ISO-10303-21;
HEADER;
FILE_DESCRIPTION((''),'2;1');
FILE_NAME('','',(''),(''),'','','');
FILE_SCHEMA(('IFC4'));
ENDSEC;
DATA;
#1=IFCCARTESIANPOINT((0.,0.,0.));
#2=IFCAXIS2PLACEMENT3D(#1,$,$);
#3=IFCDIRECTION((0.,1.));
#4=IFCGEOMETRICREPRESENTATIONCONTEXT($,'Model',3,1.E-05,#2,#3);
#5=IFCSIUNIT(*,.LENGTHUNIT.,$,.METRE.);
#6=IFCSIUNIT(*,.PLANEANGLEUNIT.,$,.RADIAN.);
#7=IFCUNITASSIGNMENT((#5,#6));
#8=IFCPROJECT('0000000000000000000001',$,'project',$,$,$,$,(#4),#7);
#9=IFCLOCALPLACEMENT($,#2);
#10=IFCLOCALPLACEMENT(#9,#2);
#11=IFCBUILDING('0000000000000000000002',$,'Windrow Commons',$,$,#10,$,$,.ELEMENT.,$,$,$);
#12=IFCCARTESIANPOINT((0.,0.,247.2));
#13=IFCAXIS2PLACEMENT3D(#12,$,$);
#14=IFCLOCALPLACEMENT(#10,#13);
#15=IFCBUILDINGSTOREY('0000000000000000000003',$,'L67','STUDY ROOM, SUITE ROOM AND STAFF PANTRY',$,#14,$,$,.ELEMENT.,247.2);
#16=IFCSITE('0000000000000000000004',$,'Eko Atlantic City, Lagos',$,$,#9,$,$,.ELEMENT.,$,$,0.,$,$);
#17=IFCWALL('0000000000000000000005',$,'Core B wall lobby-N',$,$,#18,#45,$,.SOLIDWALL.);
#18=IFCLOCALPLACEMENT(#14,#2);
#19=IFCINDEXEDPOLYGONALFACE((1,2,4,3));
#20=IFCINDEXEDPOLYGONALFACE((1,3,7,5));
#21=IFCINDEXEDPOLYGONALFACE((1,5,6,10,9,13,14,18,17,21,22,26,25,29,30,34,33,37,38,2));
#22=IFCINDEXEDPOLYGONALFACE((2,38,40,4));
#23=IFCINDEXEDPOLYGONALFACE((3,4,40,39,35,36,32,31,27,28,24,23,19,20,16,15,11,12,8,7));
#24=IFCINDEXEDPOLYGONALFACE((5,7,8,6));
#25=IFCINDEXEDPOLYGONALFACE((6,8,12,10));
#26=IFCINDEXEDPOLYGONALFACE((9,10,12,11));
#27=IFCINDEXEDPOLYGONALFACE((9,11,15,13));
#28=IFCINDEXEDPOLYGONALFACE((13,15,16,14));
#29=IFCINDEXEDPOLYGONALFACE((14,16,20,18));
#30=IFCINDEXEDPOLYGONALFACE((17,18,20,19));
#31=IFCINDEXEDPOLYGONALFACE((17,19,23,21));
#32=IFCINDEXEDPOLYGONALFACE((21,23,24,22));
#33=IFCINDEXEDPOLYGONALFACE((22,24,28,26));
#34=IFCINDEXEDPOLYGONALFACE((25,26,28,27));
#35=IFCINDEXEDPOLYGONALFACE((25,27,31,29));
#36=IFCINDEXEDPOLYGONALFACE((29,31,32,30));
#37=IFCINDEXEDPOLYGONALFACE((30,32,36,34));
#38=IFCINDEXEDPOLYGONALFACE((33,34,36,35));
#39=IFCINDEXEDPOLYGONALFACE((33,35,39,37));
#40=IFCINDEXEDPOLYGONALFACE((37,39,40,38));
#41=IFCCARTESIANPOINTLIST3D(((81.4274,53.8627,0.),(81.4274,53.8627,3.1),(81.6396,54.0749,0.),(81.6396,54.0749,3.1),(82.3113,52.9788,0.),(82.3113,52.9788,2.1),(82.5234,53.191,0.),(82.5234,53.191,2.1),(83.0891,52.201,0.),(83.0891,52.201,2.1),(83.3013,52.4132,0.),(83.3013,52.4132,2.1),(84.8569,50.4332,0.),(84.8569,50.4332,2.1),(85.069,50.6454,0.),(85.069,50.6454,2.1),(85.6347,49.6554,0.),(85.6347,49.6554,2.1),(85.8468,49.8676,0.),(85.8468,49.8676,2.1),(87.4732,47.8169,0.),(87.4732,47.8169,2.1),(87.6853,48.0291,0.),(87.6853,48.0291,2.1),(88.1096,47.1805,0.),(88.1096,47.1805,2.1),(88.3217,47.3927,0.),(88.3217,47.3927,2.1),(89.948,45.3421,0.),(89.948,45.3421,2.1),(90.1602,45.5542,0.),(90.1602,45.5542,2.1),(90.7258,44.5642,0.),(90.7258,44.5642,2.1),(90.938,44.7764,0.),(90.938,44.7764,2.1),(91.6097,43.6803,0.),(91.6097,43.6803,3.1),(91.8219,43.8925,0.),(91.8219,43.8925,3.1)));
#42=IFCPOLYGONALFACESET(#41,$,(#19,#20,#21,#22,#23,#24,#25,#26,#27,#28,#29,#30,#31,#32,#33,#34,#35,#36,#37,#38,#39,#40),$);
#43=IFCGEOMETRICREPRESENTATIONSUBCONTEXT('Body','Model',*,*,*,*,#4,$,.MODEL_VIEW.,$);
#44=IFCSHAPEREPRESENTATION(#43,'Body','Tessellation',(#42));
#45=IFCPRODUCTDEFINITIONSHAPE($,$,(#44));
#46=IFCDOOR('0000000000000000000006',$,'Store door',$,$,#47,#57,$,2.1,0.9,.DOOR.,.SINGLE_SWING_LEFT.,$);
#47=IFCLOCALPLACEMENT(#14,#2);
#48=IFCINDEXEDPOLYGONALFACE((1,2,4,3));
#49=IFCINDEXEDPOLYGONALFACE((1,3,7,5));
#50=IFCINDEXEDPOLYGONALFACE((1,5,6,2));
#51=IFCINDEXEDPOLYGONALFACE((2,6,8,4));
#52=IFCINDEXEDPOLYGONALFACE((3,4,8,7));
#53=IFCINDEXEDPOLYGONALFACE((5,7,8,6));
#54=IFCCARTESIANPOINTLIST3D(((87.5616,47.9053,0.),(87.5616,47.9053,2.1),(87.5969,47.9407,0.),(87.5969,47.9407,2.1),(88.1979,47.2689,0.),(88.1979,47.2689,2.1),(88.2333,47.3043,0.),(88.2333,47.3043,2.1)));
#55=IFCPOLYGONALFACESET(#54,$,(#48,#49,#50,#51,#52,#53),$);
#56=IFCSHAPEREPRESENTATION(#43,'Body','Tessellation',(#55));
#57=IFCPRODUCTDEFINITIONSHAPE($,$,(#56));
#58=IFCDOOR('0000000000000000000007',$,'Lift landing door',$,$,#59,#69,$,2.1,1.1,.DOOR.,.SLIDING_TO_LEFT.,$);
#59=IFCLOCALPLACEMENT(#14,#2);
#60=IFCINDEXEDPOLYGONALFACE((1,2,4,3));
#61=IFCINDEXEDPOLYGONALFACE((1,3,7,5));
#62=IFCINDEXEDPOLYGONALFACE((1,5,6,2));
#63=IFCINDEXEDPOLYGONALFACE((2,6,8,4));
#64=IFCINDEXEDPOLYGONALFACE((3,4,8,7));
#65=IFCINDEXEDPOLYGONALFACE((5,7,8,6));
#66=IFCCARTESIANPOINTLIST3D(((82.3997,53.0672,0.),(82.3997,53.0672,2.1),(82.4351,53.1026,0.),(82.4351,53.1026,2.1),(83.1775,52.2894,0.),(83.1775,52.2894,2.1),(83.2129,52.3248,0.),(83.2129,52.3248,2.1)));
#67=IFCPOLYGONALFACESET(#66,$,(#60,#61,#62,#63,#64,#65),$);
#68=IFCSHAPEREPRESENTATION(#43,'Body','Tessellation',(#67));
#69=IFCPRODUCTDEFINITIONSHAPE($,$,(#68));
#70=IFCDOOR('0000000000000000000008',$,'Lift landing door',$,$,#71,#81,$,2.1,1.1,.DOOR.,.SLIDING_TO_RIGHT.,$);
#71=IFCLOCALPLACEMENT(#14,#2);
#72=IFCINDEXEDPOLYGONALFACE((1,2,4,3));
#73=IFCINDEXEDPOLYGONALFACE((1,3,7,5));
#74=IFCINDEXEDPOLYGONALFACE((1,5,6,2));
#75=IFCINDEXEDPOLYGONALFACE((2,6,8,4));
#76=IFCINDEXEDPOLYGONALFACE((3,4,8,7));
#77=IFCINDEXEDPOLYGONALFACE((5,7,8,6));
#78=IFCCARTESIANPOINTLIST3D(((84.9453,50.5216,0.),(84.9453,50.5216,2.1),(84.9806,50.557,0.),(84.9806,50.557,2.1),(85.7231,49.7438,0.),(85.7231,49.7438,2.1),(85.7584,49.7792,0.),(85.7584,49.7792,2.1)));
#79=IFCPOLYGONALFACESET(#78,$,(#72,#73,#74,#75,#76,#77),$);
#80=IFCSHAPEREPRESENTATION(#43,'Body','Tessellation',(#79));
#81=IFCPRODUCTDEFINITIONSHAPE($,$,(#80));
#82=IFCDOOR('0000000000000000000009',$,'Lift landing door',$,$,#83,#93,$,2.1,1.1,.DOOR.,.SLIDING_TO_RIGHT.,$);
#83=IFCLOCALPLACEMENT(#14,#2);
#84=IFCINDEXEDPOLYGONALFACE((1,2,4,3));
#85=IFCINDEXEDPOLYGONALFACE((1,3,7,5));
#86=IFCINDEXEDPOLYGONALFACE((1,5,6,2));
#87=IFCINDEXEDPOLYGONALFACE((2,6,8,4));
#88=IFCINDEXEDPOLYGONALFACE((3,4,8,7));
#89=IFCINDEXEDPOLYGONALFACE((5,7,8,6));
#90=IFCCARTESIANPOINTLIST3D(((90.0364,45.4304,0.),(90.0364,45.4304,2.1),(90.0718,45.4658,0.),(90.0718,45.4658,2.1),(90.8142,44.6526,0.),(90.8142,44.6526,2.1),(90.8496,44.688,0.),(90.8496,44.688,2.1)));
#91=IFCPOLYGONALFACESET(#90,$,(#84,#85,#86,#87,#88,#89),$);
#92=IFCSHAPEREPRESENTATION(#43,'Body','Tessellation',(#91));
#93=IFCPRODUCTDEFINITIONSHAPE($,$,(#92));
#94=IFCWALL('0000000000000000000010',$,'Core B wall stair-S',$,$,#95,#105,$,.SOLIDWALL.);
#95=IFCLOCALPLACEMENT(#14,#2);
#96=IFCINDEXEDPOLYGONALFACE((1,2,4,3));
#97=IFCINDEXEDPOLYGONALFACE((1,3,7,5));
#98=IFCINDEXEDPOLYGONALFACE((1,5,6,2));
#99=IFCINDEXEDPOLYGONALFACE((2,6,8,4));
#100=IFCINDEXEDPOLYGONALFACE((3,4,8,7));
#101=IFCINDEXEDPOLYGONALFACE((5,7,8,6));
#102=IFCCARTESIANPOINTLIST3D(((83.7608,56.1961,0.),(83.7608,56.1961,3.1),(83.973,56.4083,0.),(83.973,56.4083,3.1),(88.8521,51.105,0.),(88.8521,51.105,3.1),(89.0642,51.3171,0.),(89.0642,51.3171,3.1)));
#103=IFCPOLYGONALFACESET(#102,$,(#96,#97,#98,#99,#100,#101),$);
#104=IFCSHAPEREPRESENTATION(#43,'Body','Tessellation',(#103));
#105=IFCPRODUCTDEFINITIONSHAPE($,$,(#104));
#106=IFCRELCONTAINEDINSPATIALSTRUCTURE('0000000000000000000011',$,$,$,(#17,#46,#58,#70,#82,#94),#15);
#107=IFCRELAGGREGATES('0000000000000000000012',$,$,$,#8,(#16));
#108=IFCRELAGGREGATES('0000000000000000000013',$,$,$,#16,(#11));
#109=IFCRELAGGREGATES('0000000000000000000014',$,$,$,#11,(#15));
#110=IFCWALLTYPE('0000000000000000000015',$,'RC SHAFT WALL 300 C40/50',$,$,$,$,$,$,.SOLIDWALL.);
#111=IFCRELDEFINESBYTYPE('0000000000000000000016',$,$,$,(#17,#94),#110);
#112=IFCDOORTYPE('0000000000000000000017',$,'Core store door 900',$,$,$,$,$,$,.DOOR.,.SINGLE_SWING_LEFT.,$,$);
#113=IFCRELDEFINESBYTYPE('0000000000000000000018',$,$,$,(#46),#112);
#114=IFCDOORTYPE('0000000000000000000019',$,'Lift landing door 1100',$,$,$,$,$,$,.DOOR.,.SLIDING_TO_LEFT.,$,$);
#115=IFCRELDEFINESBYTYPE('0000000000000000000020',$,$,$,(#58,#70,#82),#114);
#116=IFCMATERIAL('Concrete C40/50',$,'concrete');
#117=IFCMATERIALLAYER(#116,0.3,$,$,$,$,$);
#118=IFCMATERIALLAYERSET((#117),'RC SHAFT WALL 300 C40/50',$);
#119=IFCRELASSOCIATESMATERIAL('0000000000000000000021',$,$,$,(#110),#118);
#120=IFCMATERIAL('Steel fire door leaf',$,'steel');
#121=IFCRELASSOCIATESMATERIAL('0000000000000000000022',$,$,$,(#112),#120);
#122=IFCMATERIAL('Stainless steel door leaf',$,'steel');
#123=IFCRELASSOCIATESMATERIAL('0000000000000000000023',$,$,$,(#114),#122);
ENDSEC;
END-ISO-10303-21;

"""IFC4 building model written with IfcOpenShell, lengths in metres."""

from ifc_helpers import new_model, si_unit, direction, frame, frame_2d, origin, place, context, subcontext, project, spatial, rectangle, extrude, material, layer, layer_set, type_object, element, fill, save


model = new_model("IFC4")

# Units and contexts
model_context = context("Model", 3, precision=1e-05, world=origin(), true_north=direction((0.0, 1.0)))
body_context = subcontext(model_context, "Body", "Model", "MODEL_VIEW")
ifc_project = project(units=[si_unit("LENGTHUNIT", "METRE"), si_unit("PLANEANGLEUNIT", "RADIAN")], contexts=[model_context])

# Site, building, storey
site_placement = place(None, origin())
site = spatial("IfcSite", under=ifc_project, at=site_placement, Name="Eko Atlantic City, Lagos", CompositionType="ELEMENT", RefElevation=0.0)
building_placement = place(site_placement, origin())
building = spatial("IfcBuilding", under=site, at=building_placement, Name="Windrow Commons", CompositionType="ELEMENT")
storey_placement = place(building_placement, frame((0.0, 0.0, 247.2)))
storey = spatial("IfcBuildingStorey", under=building, at=storey_placement, Name="L67", Description="STUDY ROOM, SUITE ROOM AND STAFF PANTRY", CompositionType="ELEMENT", Elevation=247.2)

# Wall, openings, doors
ifc_material_1 = material(Name="Concrete C40/50", Category="concrete")
ifc_layer_1 = layer(ifc_material_1, 0.3)
ifc_layer_set_1 = layer_set([ifc_layer_1], Name="RC SHAFT WALL 300 C40/50")
wall_type_1 = type_object("IfcWallType", Name="RC SHAFT WALL 300 C40/50", PredefinedType="SOLIDWALL", material=ifc_layer_set_1)
wall_1_placement = place(storey_placement, frame((81.5335, 53.9688, 0.0), z_axis=(0.0, 0.0, 1.0), x_axis=(0.707103, -0.70711, 0.0)))
wall_1 = element("IfcWall", 1, at=wall_1_placement, inside=storey, type_object=wall_type_1, Name="Core B wall lobby-N", PredefinedType="SOLIDWALL", context=body_context, shape_type="SweptSolid", body=[
    extrude(rectangle(XDim=14.4, YDim=0.3, at=frame_2d((7.2, 0.0))), origin(), (0.0, 0.0, 1.0), 3.1),
])
opening_1_placement = place(wall_1_placement, frame((8.55, 0.0, 0.0)))
opening_1 = element("IfcOpeningElement", 2, at=opening_1_placement, cuts=wall_1, PredefinedType="OPENING", context=body_context, shape_type="SweptSolid", body=[
    extrude(rectangle(XDim=0.9, YDim=2.1, at=frame_2d((0.45, 1.05))), frame((0.0, 0.16, 0.0), z_axis=(0.0, -1.0, 0.0), x_axis=(1.0, 0.0, 0.0)), (0.0, 0.0, 1.0), 0.32),
])
opening_2_placement = place(wall_1_placement, frame((1.25, 0.0, 0.0)))
opening_2 = element("IfcOpeningElement", 3, at=opening_2_placement, cuts=wall_1, PredefinedType="OPENING", context=body_context, shape_type="SweptSolid", body=[
    extrude(rectangle(XDim=1.1, YDim=2.1, at=frame_2d((0.55, 1.05))), frame((0.0, 0.16, 0.0), z_axis=(0.0, -1.0, 0.0), x_axis=(1.0, 0.0, 0.0)), (0.0, 0.0, 1.0), 0.32),
])
opening_3_placement = place(wall_1_placement, frame((4.85, 0.0, 0.0)))
opening_3 = element("IfcOpeningElement", 4, at=opening_3_placement, cuts=wall_1, PredefinedType="OPENING", context=body_context, shape_type="SweptSolid", body=[
    extrude(rectangle(XDim=1.1, YDim=2.1, at=frame_2d((0.55, 1.05))), frame((0.0, 0.16, 0.0), z_axis=(0.0, -1.0, 0.0), x_axis=(1.0, 0.0, 0.0)), (0.0, 0.0, 1.0), 0.32),
])
opening_4_placement = place(wall_1_placement, frame((12.05, 0.0, 0.0)))
opening_4 = element("IfcOpeningElement", 5, at=opening_4_placement, cuts=wall_1, PredefinedType="OPENING", context=body_context, shape_type="SweptSolid", body=[
    extrude(rectangle(XDim=1.1, YDim=2.1, at=frame_2d((0.55, 1.05))), frame((0.0, 0.16, 0.0), z_axis=(0.0, -1.0, 0.0), x_axis=(1.0, 0.0, 0.0)), (0.0, 0.0, 1.0), 0.32),
])
ifc_material_2 = material(Name="Steel fire door leaf", Category="steel")
door_type_1 = type_object("IfcDoorType", Name="Core store door 900", OperationType="SINGLE_SWING_LEFT", PredefinedType="DOOR", material=ifc_material_2)
door_1_placement = place(opening_1_placement, origin())
door_1 = element("IfcDoor", 6, at=door_1_placement, inside=storey, type_object=door_type_1, Name="Store door", OperationType="SINGLE_SWING_LEFT", OverallHeight=2.1, OverallWidth=0.9, PredefinedType="DOOR", context=body_context, shape_type="SweptSolid", body=[
    extrude(rectangle(XDim=0.9, YDim=2.1, at=frame_2d((0.45, 1.05))), frame((0.0, 0.025, 0.0), z_axis=(0.0, -1.0, 0.0), x_axis=(1.0, 0.0, 0.0)), (0.0, 0.0, 1.0), 0.05),
])
fill(opening_1, door_1)
ifc_material_3 = material(Name="Stainless steel door leaf", Category="steel")
door_type_2 = type_object("IfcDoorType", Name="Lift landing door 1100", OperationType="SLIDING_TO_LEFT", PredefinedType="DOOR", material=ifc_material_3)
door_2_placement = place(opening_2_placement, origin())
door_2 = element("IfcDoor", 7, at=door_2_placement, inside=storey, type_object=door_type_2, Name="Lift landing door", OperationType="SLIDING_TO_LEFT", OverallHeight=2.1, OverallWidth=1.1, PredefinedType="DOOR", context=body_context, shape_type="SweptSolid", body=[
    extrude(rectangle(XDim=1.1, YDim=2.1, at=frame_2d((0.55, 1.05))), frame((0.0, 0.025, 0.0), z_axis=(0.0, -1.0, 0.0), x_axis=(1.0, 0.0, 0.0)), (0.0, 0.0, 1.0), 0.05),
])
fill(opening_2, door_2)
door_3_placement = place(opening_3_placement, origin())
door_3 = element("IfcDoor", 8, at=door_3_placement, inside=storey, type_object=door_type_2, Name="Lift landing door", OperationType="SLIDING_TO_RIGHT", OverallHeight=2.1, OverallWidth=1.1, PredefinedType="DOOR", context=body_context, shape_type="SweptSolid", body=[
    extrude(rectangle(XDim=1.1, YDim=2.1, at=frame_2d((0.55, 1.05))), frame((0.0, 0.025, 0.0), z_axis=(0.0, -1.0, 0.0), x_axis=(1.0, 0.0, 0.0)), (0.0, 0.0, 1.0), 0.05),
])
fill(opening_3, door_3)
door_4_placement = place(opening_4_placement, origin())
door_4 = element("IfcDoor", 9, at=door_4_placement, inside=storey, type_object=door_type_2, Name="Lift landing door", OperationType="SLIDING_TO_RIGHT", OverallHeight=2.1, OverallWidth=1.1, PredefinedType="DOOR", context=body_context, shape_type="SweptSolid", body=[
    extrude(rectangle(XDim=1.1, YDim=2.1, at=frame_2d((0.55, 1.05))), frame((0.0, 0.025, 0.0), z_axis=(0.0, -1.0, 0.0), x_axis=(1.0, 0.0, 0.0)), (0.0, 0.0, 1.0), 0.05),
])
fill(opening_4, door_4)

# Wall
wall_2_placement = place(storey_placement, frame((83.8669, 56.3022, 0.0), z_axis=(0.0, 0.0, 1.0), x_axis=(0.707114, -0.7071, 0.0)))
element("IfcWall", 10, at=wall_2_placement, inside=storey, type_object=wall_type_1, Name="Core B wall stair-S", PredefinedType="SOLIDWALL", context=body_context, shape_type="SweptSolid", body=[
    extrude(rectangle(XDim=7.2, YDim=0.3, at=frame_2d((3.6, 0.0))), origin(), (0.0, 0.0, 1.0), 3.1),
])

save(model, "model.ifc")
